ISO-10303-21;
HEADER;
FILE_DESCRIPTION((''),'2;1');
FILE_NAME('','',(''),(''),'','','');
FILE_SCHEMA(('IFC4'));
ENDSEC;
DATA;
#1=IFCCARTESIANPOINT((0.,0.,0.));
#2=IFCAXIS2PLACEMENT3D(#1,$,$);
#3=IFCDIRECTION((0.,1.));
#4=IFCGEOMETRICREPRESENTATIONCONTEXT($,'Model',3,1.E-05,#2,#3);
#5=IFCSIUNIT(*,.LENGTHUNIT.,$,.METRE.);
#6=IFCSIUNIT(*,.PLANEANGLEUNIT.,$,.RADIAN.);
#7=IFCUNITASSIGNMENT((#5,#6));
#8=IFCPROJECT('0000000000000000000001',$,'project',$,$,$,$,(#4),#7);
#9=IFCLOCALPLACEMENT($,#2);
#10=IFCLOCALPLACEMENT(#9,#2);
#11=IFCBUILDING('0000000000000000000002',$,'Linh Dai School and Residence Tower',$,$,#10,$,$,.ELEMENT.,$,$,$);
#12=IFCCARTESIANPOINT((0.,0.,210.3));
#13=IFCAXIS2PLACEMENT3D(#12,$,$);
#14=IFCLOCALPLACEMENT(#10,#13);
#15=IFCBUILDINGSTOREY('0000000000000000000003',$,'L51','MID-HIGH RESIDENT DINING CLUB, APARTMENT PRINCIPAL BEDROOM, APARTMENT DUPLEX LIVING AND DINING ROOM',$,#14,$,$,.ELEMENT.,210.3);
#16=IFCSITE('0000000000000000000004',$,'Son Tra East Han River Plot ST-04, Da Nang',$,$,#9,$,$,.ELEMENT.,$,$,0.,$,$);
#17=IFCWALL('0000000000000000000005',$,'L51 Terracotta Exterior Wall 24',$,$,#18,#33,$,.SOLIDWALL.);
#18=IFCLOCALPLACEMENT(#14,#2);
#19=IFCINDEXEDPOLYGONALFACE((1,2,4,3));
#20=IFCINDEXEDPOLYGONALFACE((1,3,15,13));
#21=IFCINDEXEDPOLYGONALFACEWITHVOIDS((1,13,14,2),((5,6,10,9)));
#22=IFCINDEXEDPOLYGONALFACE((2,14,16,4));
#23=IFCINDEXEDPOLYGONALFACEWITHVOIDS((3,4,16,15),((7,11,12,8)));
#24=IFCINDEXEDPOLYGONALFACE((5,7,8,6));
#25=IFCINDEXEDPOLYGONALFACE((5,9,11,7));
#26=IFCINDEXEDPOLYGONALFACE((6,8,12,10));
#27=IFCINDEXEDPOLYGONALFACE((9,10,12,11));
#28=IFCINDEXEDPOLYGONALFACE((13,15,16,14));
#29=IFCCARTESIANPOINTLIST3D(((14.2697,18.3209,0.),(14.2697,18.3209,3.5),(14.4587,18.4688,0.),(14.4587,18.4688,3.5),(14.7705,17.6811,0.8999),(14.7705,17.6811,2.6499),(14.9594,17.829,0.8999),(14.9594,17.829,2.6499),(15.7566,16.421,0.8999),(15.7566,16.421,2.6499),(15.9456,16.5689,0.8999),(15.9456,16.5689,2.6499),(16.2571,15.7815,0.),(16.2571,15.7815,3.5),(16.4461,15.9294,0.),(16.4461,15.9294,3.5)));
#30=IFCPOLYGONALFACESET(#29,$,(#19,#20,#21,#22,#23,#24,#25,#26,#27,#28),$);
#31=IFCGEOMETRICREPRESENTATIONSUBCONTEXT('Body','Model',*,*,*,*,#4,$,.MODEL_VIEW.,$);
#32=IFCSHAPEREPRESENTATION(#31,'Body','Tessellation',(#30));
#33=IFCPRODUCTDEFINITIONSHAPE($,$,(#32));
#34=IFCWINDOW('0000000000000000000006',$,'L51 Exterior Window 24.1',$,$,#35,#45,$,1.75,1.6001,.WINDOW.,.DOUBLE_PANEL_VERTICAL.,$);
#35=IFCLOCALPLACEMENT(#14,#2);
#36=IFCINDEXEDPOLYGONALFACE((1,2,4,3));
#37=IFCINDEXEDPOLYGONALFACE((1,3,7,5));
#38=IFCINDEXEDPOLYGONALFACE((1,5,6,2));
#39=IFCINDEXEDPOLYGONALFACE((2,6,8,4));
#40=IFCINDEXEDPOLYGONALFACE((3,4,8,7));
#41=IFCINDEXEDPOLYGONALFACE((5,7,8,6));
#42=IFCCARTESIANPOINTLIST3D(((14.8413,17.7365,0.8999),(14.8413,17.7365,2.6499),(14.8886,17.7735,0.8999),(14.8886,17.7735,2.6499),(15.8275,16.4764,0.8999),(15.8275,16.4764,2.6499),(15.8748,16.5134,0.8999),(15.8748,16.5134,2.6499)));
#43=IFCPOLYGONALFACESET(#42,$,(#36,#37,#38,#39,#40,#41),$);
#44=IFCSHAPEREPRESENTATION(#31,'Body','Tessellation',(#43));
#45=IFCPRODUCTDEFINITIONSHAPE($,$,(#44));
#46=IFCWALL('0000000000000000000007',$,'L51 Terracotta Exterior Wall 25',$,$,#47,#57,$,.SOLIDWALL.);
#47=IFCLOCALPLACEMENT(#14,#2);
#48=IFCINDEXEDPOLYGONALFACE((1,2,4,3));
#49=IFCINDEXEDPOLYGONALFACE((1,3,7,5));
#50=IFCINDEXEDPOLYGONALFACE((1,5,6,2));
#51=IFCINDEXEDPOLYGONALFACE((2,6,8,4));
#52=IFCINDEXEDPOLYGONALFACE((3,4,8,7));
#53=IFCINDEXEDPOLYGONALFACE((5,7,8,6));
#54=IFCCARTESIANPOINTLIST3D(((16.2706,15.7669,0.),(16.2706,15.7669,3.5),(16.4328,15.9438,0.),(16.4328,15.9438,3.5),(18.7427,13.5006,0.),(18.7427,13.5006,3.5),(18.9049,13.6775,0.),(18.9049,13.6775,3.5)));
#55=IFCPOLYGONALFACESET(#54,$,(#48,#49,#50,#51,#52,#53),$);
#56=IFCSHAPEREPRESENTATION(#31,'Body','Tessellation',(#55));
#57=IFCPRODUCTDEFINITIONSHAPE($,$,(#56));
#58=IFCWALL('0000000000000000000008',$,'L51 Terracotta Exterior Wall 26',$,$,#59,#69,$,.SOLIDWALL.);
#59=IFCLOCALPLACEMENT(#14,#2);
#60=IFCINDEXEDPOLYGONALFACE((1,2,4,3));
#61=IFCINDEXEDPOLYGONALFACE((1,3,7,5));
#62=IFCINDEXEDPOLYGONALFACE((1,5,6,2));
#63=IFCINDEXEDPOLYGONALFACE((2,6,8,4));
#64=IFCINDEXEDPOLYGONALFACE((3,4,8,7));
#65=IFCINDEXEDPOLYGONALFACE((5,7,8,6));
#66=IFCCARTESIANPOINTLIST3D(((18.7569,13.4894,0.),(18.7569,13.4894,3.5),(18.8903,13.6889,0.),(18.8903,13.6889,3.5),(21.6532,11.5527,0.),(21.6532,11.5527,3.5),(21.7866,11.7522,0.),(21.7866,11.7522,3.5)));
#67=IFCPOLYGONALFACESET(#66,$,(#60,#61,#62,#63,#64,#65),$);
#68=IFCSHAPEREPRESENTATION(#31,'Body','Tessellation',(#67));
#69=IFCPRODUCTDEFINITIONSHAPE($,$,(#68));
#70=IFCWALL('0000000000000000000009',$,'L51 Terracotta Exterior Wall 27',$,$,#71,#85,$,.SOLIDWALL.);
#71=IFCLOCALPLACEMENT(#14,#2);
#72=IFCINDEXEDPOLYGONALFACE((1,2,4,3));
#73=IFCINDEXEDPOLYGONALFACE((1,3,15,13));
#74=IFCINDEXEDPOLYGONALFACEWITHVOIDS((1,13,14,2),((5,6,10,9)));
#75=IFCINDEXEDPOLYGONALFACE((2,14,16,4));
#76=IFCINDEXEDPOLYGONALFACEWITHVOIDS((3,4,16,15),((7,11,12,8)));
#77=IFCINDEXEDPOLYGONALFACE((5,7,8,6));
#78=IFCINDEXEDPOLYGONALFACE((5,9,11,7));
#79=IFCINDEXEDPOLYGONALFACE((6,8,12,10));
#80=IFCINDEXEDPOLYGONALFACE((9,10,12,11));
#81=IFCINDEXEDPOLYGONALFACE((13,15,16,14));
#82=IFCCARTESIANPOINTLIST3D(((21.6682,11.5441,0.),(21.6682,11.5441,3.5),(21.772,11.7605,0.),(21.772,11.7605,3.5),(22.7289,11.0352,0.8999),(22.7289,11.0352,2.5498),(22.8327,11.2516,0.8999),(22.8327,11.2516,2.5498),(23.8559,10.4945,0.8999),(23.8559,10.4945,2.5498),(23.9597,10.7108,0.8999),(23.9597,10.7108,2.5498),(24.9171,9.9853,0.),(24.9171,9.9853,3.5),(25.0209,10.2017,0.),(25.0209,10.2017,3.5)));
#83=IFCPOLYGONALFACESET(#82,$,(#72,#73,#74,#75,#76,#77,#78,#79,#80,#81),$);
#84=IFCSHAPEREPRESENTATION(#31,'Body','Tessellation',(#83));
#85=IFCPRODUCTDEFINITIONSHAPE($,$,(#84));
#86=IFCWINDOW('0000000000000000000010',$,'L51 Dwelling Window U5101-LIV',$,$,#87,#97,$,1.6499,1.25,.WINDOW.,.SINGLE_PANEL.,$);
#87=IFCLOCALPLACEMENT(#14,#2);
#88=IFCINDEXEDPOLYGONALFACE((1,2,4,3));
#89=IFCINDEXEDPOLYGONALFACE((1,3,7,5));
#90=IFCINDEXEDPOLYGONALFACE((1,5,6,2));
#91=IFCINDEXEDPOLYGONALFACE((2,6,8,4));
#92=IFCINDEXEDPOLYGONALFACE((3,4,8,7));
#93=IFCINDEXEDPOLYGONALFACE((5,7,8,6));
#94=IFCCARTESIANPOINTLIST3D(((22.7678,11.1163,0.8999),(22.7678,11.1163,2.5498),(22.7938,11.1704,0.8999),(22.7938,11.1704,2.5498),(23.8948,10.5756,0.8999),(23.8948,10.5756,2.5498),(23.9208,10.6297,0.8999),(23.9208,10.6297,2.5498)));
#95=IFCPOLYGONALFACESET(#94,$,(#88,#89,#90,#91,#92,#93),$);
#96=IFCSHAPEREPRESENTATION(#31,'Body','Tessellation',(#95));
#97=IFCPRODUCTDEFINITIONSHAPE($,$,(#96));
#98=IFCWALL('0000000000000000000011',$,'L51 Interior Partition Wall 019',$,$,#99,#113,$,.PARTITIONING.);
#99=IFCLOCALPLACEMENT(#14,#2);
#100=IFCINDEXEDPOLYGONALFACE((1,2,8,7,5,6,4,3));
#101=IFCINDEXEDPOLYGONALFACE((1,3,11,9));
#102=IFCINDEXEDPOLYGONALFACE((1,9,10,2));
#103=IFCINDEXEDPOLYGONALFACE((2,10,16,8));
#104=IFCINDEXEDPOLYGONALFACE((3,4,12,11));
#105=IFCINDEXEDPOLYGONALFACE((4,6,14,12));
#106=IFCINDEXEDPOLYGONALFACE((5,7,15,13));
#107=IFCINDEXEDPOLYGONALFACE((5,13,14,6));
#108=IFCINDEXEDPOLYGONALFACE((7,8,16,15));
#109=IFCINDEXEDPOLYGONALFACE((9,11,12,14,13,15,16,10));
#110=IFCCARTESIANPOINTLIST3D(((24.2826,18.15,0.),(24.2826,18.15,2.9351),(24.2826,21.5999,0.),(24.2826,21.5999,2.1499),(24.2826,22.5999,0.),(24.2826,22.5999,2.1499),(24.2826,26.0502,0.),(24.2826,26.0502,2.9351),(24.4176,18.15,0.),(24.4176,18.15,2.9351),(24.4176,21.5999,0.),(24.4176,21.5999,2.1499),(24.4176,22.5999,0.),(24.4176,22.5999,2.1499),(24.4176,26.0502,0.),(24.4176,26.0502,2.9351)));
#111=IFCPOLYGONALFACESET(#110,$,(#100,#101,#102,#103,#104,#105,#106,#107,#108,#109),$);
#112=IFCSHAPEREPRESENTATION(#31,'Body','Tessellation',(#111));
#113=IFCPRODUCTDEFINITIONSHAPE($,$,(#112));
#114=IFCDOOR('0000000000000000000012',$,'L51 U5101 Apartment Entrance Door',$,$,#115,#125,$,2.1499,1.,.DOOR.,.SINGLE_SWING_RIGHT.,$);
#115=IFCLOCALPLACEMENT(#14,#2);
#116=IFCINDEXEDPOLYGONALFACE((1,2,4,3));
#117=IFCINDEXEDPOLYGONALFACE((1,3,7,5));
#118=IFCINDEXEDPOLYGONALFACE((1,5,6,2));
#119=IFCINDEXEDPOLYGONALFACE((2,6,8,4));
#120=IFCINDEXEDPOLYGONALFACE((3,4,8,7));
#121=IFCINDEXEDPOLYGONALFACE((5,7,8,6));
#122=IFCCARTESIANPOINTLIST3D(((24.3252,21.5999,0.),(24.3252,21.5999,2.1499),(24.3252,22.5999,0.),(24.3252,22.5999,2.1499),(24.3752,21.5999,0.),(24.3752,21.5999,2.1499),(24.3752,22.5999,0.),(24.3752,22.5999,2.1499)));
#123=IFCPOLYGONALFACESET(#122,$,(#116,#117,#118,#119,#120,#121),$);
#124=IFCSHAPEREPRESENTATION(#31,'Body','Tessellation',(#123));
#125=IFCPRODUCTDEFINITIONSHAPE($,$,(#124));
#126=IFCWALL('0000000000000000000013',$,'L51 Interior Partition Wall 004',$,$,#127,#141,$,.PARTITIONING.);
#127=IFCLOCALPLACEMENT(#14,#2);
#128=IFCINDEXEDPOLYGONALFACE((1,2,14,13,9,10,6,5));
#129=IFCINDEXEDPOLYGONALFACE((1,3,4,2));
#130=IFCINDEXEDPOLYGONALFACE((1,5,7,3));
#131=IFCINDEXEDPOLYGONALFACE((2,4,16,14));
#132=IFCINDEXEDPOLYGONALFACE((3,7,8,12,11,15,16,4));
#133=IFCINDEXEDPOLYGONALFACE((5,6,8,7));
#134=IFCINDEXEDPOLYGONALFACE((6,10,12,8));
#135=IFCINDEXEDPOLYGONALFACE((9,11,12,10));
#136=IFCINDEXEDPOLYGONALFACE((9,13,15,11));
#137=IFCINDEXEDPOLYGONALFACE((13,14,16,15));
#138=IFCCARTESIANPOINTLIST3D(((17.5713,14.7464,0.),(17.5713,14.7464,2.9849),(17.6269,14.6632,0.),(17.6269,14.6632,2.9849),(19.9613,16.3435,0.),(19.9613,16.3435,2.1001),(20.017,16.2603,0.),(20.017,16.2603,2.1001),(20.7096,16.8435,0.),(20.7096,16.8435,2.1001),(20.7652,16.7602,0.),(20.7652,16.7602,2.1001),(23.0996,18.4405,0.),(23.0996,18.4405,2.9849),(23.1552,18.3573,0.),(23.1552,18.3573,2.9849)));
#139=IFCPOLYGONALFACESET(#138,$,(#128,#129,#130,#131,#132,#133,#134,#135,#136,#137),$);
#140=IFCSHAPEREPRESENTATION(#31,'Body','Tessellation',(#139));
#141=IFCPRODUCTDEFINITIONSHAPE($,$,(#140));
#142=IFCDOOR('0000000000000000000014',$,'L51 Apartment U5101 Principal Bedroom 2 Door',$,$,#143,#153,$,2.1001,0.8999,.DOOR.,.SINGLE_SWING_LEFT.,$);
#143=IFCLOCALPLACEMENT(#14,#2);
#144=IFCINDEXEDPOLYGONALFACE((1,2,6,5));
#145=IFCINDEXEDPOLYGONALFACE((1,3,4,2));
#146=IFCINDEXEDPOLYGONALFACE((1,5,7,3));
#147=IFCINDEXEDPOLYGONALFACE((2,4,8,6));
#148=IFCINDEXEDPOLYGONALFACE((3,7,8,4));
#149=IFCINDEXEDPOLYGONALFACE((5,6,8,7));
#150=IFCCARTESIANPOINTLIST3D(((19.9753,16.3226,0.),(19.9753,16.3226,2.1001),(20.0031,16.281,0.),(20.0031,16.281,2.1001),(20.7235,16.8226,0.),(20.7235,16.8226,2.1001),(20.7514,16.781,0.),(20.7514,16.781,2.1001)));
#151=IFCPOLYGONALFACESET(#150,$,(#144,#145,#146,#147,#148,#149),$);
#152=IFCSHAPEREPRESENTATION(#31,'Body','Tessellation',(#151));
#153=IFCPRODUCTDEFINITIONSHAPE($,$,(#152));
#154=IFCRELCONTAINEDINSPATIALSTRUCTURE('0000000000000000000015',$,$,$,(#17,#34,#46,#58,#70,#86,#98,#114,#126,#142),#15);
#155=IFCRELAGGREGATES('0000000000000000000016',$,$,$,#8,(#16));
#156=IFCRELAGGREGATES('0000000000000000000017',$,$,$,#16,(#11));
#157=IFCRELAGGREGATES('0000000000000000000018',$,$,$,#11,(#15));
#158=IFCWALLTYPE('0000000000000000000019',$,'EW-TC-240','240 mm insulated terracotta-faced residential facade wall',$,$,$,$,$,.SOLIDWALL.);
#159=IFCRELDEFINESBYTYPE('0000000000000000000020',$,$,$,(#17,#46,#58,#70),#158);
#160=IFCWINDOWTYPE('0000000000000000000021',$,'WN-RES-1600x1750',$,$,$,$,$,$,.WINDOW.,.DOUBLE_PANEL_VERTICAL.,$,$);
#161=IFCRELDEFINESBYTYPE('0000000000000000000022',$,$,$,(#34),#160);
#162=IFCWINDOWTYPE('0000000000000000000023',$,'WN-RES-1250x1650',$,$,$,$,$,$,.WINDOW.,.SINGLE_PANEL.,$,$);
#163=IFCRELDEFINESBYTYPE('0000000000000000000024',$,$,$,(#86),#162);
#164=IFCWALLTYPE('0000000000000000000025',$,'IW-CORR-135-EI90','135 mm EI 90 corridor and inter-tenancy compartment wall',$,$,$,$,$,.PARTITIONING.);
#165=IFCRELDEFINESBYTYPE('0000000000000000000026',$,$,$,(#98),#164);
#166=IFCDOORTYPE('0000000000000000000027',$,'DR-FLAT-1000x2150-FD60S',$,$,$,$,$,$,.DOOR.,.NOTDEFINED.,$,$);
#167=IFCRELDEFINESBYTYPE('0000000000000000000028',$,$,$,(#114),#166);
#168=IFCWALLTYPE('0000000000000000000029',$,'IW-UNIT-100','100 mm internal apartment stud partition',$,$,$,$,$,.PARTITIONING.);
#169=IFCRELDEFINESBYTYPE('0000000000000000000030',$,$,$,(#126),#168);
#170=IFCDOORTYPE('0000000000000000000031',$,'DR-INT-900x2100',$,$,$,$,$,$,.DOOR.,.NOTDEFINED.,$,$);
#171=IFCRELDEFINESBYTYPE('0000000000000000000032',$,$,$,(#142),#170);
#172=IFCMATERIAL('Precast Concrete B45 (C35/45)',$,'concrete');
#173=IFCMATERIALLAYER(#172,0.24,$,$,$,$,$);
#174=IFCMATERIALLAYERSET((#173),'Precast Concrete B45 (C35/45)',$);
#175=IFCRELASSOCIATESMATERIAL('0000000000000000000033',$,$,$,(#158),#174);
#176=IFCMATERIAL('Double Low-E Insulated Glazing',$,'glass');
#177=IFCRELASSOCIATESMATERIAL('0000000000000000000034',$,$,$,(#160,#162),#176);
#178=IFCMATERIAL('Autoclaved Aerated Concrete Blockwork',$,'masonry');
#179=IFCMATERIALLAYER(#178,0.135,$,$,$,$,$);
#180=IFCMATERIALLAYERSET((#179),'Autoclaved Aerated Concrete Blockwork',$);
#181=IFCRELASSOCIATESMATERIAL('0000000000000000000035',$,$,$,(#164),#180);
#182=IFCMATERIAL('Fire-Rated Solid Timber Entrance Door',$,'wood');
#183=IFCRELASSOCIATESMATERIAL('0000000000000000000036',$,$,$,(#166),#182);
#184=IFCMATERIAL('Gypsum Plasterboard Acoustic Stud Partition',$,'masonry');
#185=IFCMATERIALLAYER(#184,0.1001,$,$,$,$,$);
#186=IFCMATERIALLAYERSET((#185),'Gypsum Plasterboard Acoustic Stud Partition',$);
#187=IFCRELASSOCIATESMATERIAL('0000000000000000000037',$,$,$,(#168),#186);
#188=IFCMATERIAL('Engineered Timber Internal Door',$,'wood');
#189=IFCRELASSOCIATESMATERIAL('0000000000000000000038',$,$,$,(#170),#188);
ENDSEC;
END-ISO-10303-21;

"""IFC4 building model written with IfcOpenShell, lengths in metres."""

from ifc_helpers import new_model, si_unit, direction, frame, frame_2d, origin, origin_2d, place, context, subcontext, project, spatial, rectangle, extrude, source, transform, mapped, material, layer, layer_set, type_object, element, fill, save


model = new_model("IFC4")

# Units and contexts
model_context = context("Model", 3, precision=1e-05, world=origin(), true_north=direction((0.0, 1.0)))
body_context = subcontext(model_context, "Body", "Model", "MODEL_VIEW")
ifc_project = project(units=[si_unit("LENGTHUNIT", "METRE"), si_unit("PLANEANGLEUNIT", "RADIAN")], contexts=[model_context])

# Site, building, storey
site_placement = place(None, origin())
site = spatial("IfcSite", under=ifc_project, at=site_placement, Name="Son Tra East Han River Plot ST-04, Da Nang", CompositionType="ELEMENT", RefElevation=0.0)
building_placement = place(site_placement, origin())
building = spatial("IfcBuilding", under=site, at=building_placement, Name="Linh Dai School and Residence Tower", CompositionType="ELEMENT")
storey_placement = place(building_placement, frame((0.0, 0.0, 210.3)))
storey = spatial("IfcBuildingStorey", under=building, at=storey_placement, Name="L51", Description="MID-HIGH RESIDENT DINING CLUB, APARTMENT PRINCIPAL BEDROOM, APARTMENT DUPLEX LIVING AND DINING ROOM", CompositionType="ELEMENT", Elevation=210.3)

# Shared definitions
ifc_material_1 = material(Name="Precast Concrete B45 (C35/45)", Category="concrete")

# Wall, opening, window
ifc_layer_1 = layer(ifc_material_1, 0.24)
ifc_layer_set_1 = layer_set([ifc_layer_1], Name="Precast Concrete B45 (C35/45)")
wall_type_1 = type_object("IfcWallType", Name="EW-TC-240", Description="240 mm insulated terracotta-faced residential facade wall", PredefinedType="SOLIDWALL", material=ifc_layer_set_1)
wall_1_placement = place(storey_placement, frame((16.3516, 15.8555, 0.0), z_axis=(0.0, 0.0, 1.0), x_axis=(-0.616312, 0.787502, 0.0)))
wall_1 = element("IfcWall", 1, at=wall_1_placement, inside=storey, type_object=wall_type_1, Name="L51 Terracotta Exterior Wall 24", PredefinedType="SOLIDWALL", context=body_context, shape_type="SweptSolid", body=[
    extrude(rectangle(XDim=3.2246, YDim=0.24, at=frame_2d((1.6123, 0.0))), origin(), (0.0, 0.0, 1.0), 3.5),
])
opening_1_placement = place(wall_1_placement, frame((0.812, 0.0, 0.8999)))
opening_1 = element("IfcOpeningElement", 2, at=opening_1_placement, cuts=wall_1, PredefinedType="OPENING", context=body_context, shape_type="SweptSolid", body=[
    extrude(rectangle(XDim=1.6001, YDim=1.75, at=origin_2d()), frame((0.8, 0.1299, 0.875), z_axis=(0.0, -1.0, 0.0), x_axis=(1.0, 0.0, 0.0)), (0.0, 0.0, 1.0), 0.26),
])
ifc_material_2 = material(Name="Double Low-E Insulated Glazing", Category="glass")
window_type_1 = type_object("IfcWindowType", Name="WN-RES-1600x1750", PartitioningType="DOUBLE_PANEL_VERTICAL", PredefinedType="WINDOW", material=ifc_material_2)
shared_shape_1 = source(origin(), body_context, "Body", "SweptSolid", [
    extrude(rectangle(XDim=1.6001, YDim=1.75, at=origin_2d()), frame((0.8, 0.03, 0.875), z_axis=(0.0, -1.0, 0.0), x_axis=(1.0, 0.0, 0.0)), (0.0, 0.0, 1.0), 0.0601),
])
window_1_placement = place(opening_1_placement, origin())
window_1 = element("IfcWindow", 3, at=window_1_placement, inside=storey, type_object=window_type_1, Name="L51 Exterior Window 24.1", OverallHeight=1.75, OverallWidth=1.6001, PartitioningType="DOUBLE_PANEL_VERTICAL", PredefinedType="WINDOW", context=body_context, shape_type="MappedRepresentation", body=[
    mapped(shared_shape_1, transform((0.0, 0.0, 0.0), x_axis=(1.0, 0.0, 0.0), y_axis=(0.0, 1.0, 0.0), z_axis=(0.0, 0.0, 1.0), scale=1.0)),
])
fill(opening_1, window_1)

# Walls
wall_2_placement = place(storey_placement, frame((18.8237, 13.5891, 0.0), z_axis=(0.0, 0.0, 1.0), x_axis=(-0.737124, 0.675758, 0.0)))
element("IfcWall", 4, at=wall_2_placement, inside=storey, type_object=wall_type_1, Name="L51 Terracotta Exterior Wall 25", PredefinedType="SOLIDWALL", context=body_context, shape_type="SweptSolid", body=[
    extrude(rectangle(XDim=3.3538, YDim=0.24, at=frame_2d((1.6768, 0.0))), origin(), (0.0, 0.0, 1.0), 3.5),
])
wall_3_placement = place(storey_placement, frame((21.72, 11.6523, 0.0), z_axis=(0.0, 0.0, 1.0), x_axis=(-0.831262, 0.55588, 0.0)))
element("IfcWall", 5, at=wall_3_placement, inside=storey, type_object=wall_type_1, Name="L51 Terracotta Exterior Wall 26", PredefinedType="SOLIDWALL", context=body_context, shape_type="SweptSolid", body=[
    extrude(rectangle(XDim=3.4841, YDim=0.24, at=frame_2d((1.7422, 0.0))), origin(), (0.0, 0.0, 1.0), 3.5),
])

# Wall, opening, window
wall_4_placement = place(storey_placement, frame((24.969, 10.0935, 0.0), z_axis=(0.0, 0.0, 1.0), x_axis=(-0.901598, 0.432575, 0.0)))
wall_4 = element("IfcWall", 6, at=wall_4_placement, inside=storey, type_object=wall_type_1, Name="L51 Terracotta Exterior Wall 27", PredefinedType="SOLIDWALL", context=body_context, shape_type="SweptSolid", body=[
    extrude(rectangle(XDim=3.6035, YDim=0.24, at=frame_2d((1.8018, 0.0))), origin(), (0.0, 0.0, 1.0), 3.5),
])
opening_2_placement = place(wall_4_placement, frame((1.177, 0.0, 0.8999)))
opening_2 = element("IfcOpeningElement", 7, at=opening_2_placement, cuts=wall_4, PredefinedType="OPENING", context=body_context, shape_type="SweptSolid", body=[
    extrude(rectangle(XDim=1.25, YDim=1.6499, at=origin_2d()), frame((0.625, 0.1299, 0.825), z_axis=(0.0, -1.0, 0.0), x_axis=(1.0, 0.0, 0.0)), (0.0, 0.0, 1.0), 0.26),
])
window_type_2 = type_object("IfcWindowType", Name="WN-RES-1250x1650", PartitioningType="SINGLE_PANEL", PredefinedType="WINDOW", material=ifc_material_2)
shared_shape_2 = source(origin(), body_context, "Body", "SweptSolid", [
    extrude(rectangle(XDim=1.25, YDim=1.6499, at=origin_2d()), frame((0.625, 0.03, 0.825), z_axis=(0.0, -1.0, 0.0), x_axis=(1.0, 0.0, 0.0)), (0.0, 0.0, 1.0), 0.0601),
])
window_2_placement = place(opening_2_placement, origin())
window_2 = element("IfcWindow", 8, at=window_2_placement, inside=storey, type_object=window_type_2, Name="L51 Dwelling Window U5101-LIV", OverallHeight=1.6499, OverallWidth=1.25, PartitioningType="SINGLE_PANEL", PredefinedType="WINDOW", context=body_context, shape_type="MappedRepresentation", body=[
    mapped(shared_shape_2, transform((0.0, 0.0, 0.0), x_axis=(1.0, 0.0, 0.0), y_axis=(0.0, 1.0, 0.0), z_axis=(0.0, 0.0, 1.0), scale=1.0)),
])
fill(opening_2, window_2)

# Walls, openings, doors
ifc_material_3 = material(Name="Autoclaved Aerated Concrete Blockwork", Category="masonry")
ifc_layer_2 = layer(ifc_material_3, 0.135)
ifc_layer_set_2 = layer_set([ifc_layer_2], Name="Autoclaved Aerated Concrete Blockwork")
wall_type_2 = type_object("IfcWallType", Name="IW-CORR-135-EI90", Description="135 mm EI 90 corridor and inter-tenancy compartment wall", PredefinedType="PARTITIONING", material=ifc_layer_set_2)
wall_5_placement = place(storey_placement, frame((24.3501, 18.1499, 0.0), z_axis=(0.0, 0.0, 1.0), x_axis=(0.0, 1.0, 0.0)))
wall_5 = element("IfcWall", 9, at=wall_5_placement, inside=storey, type_object=wall_type_2, Name="L51 Interior Partition Wall 019", PredefinedType="PARTITIONING", context=body_context, shape_type="SweptSolid", body=[
    extrude(rectangle(XDim=7.9001, YDim=0.135, at=frame_2d((3.9502, 0.0))), origin(), (0.0, 0.0, 1.0), 2.9351),
])
opening_3_placement = place(wall_5_placement, frame((3.45, 0.0, 0.0)))
opening_3 = element("IfcOpeningElement", 10, at=opening_3_placement, cuts=wall_5, PredefinedType="OPENING", context=body_context, shape_type="SweptSolid", body=[
    extrude(rectangle(XDim=1.0, YDim=2.1499, at=origin_2d()), frame((0.5, 0.0776, 1.075), z_axis=(0.0, -1.0, 0.0), x_axis=(1.0, 0.0, 0.0)), (0.0, 0.0, 1.0), 0.155),
])
ifc_material_4 = material(Name="Fire-Rated Solid Timber Entrance Door", Category="wood")
door_type_1 = type_object("IfcDoorType", Name="DR-FLAT-1000x2150-FD60S", OperationType="NOTDEFINED", PredefinedType="DOOR", material=ifc_material_4)
shared_shape_3 = source(origin(), body_context, "Body", "SweptSolid", [
    extrude(rectangle(XDim=1.0, YDim=2.1499, at=origin_2d()), frame((0.5, 0.0249, 1.075), z_axis=(0.0, -1.0, 0.0), x_axis=(1.0, 0.0, 0.0)), (0.0, 0.0, 1.0), 0.05),
])
door_1_placement = place(opening_3_placement, origin())
door_1 = element("IfcDoor", 11, at=door_1_placement, inside=storey, type_object=door_type_1, Name="L51 U5101 Apartment Entrance Door", OperationType="SINGLE_SWING_RIGHT", OverallHeight=2.1499, OverallWidth=1.0, PredefinedType="DOOR", context=body_context, shape_type="MappedRepresentation", body=[
    mapped(shared_shape_3, transform((0.0, 0.0, 0.0), x_axis=(1.0, 0.0, 0.0), y_axis=(0.0, 1.0, 0.0), z_axis=(0.0, 0.0, 1.0), scale=1.0)),
])
fill(opening_3, door_1)
ifc_material_5 = material(Name="Gypsum Plasterboard Acoustic Stud Partition", Category="masonry")
ifc_layer_3 = layer(ifc_material_5, 0.1001)
ifc_layer_set_3 = layer_set([ifc_layer_3], Name="Gypsum Plasterboard Acoustic Stud Partition")
wall_type_3 = type_object("IfcWallType", Name="IW-UNIT-100", Description="100 mm internal apartment stud partition", PredefinedType="PARTITIONING", material=ifc_layer_set_3)
wall_6_placement = place(storey_placement, frame((17.5991, 14.7048, 0.0), z_axis=(0.0, 0.0, 1.0), x_axis=(0.831457, 0.55559, 0.0)))
wall_6 = element("IfcWall", 12, at=wall_6_placement, inside=storey, type_object=wall_type_3, Name="L51 Interior Partition Wall 004", PredefinedType="PARTITIONING", context=body_context, shape_type="SweptSolid", body=[
    extrude(rectangle(XDim=6.6489, YDim=0.1001, at=frame_2d((3.3245, 0.0))), origin(), (0.0, 0.0, 1.0), 2.9849),
])
opening_4_placement = place(wall_6_placement, frame((2.8745, 0.0, 0.0)))
opening_4 = element("IfcOpeningElement", 13, at=opening_4_placement, cuts=wall_6, PredefinedType="OPENING", context=body_context, shape_type="SweptSolid", body=[
    extrude(rectangle(XDim=0.8999, YDim=2.1001, at=origin_2d()), frame((0.45, 0.0601, 1.05), z_axis=(0.0, -1.0, 0.0), x_axis=(1.0, 0.0, 0.0)), (0.0, 0.0, 1.0), 0.1201),
])
ifc_material_6 = material(Name="Engineered Timber Internal Door", Category="wood")
door_type_2 = type_object("IfcDoorType", Name="DR-INT-900x2100", OperationType="NOTDEFINED", PredefinedType="DOOR", material=ifc_material_6)
shared_shape_4 = source(origin(), body_context, "Body", "SweptSolid", [
    extrude(rectangle(XDim=0.8999, YDim=2.1001, at=origin_2d()), frame((0.45, 0.0249, 1.05), z_axis=(0.0, -1.0, 0.0), x_axis=(1.0, 0.0, 0.0)), (0.0, 0.0, 1.0), 0.05),
])
door_2_placement = place(opening_4_placement, origin())
door_2 = element("IfcDoor", 14, at=door_2_placement, inside=storey, type_object=door_type_2, Name="L51 Apartment U5101 Principal Bedroom 2 Door", OperationType="SINGLE_SWING_LEFT", OverallHeight=2.1001, OverallWidth=0.8999, PredefinedType="DOOR", context=body_context, shape_type="MappedRepresentation", body=[
    mapped(shared_shape_4, transform((0.0, 0.0, 0.0), x_axis=(1.0, 0.0, 0.0), y_axis=(0.0, 1.0, 0.0), z_axis=(0.0, 0.0, 1.0), scale=1.0)),
])
fill(opening_4, door_2)

save(model, "model.ifc")
